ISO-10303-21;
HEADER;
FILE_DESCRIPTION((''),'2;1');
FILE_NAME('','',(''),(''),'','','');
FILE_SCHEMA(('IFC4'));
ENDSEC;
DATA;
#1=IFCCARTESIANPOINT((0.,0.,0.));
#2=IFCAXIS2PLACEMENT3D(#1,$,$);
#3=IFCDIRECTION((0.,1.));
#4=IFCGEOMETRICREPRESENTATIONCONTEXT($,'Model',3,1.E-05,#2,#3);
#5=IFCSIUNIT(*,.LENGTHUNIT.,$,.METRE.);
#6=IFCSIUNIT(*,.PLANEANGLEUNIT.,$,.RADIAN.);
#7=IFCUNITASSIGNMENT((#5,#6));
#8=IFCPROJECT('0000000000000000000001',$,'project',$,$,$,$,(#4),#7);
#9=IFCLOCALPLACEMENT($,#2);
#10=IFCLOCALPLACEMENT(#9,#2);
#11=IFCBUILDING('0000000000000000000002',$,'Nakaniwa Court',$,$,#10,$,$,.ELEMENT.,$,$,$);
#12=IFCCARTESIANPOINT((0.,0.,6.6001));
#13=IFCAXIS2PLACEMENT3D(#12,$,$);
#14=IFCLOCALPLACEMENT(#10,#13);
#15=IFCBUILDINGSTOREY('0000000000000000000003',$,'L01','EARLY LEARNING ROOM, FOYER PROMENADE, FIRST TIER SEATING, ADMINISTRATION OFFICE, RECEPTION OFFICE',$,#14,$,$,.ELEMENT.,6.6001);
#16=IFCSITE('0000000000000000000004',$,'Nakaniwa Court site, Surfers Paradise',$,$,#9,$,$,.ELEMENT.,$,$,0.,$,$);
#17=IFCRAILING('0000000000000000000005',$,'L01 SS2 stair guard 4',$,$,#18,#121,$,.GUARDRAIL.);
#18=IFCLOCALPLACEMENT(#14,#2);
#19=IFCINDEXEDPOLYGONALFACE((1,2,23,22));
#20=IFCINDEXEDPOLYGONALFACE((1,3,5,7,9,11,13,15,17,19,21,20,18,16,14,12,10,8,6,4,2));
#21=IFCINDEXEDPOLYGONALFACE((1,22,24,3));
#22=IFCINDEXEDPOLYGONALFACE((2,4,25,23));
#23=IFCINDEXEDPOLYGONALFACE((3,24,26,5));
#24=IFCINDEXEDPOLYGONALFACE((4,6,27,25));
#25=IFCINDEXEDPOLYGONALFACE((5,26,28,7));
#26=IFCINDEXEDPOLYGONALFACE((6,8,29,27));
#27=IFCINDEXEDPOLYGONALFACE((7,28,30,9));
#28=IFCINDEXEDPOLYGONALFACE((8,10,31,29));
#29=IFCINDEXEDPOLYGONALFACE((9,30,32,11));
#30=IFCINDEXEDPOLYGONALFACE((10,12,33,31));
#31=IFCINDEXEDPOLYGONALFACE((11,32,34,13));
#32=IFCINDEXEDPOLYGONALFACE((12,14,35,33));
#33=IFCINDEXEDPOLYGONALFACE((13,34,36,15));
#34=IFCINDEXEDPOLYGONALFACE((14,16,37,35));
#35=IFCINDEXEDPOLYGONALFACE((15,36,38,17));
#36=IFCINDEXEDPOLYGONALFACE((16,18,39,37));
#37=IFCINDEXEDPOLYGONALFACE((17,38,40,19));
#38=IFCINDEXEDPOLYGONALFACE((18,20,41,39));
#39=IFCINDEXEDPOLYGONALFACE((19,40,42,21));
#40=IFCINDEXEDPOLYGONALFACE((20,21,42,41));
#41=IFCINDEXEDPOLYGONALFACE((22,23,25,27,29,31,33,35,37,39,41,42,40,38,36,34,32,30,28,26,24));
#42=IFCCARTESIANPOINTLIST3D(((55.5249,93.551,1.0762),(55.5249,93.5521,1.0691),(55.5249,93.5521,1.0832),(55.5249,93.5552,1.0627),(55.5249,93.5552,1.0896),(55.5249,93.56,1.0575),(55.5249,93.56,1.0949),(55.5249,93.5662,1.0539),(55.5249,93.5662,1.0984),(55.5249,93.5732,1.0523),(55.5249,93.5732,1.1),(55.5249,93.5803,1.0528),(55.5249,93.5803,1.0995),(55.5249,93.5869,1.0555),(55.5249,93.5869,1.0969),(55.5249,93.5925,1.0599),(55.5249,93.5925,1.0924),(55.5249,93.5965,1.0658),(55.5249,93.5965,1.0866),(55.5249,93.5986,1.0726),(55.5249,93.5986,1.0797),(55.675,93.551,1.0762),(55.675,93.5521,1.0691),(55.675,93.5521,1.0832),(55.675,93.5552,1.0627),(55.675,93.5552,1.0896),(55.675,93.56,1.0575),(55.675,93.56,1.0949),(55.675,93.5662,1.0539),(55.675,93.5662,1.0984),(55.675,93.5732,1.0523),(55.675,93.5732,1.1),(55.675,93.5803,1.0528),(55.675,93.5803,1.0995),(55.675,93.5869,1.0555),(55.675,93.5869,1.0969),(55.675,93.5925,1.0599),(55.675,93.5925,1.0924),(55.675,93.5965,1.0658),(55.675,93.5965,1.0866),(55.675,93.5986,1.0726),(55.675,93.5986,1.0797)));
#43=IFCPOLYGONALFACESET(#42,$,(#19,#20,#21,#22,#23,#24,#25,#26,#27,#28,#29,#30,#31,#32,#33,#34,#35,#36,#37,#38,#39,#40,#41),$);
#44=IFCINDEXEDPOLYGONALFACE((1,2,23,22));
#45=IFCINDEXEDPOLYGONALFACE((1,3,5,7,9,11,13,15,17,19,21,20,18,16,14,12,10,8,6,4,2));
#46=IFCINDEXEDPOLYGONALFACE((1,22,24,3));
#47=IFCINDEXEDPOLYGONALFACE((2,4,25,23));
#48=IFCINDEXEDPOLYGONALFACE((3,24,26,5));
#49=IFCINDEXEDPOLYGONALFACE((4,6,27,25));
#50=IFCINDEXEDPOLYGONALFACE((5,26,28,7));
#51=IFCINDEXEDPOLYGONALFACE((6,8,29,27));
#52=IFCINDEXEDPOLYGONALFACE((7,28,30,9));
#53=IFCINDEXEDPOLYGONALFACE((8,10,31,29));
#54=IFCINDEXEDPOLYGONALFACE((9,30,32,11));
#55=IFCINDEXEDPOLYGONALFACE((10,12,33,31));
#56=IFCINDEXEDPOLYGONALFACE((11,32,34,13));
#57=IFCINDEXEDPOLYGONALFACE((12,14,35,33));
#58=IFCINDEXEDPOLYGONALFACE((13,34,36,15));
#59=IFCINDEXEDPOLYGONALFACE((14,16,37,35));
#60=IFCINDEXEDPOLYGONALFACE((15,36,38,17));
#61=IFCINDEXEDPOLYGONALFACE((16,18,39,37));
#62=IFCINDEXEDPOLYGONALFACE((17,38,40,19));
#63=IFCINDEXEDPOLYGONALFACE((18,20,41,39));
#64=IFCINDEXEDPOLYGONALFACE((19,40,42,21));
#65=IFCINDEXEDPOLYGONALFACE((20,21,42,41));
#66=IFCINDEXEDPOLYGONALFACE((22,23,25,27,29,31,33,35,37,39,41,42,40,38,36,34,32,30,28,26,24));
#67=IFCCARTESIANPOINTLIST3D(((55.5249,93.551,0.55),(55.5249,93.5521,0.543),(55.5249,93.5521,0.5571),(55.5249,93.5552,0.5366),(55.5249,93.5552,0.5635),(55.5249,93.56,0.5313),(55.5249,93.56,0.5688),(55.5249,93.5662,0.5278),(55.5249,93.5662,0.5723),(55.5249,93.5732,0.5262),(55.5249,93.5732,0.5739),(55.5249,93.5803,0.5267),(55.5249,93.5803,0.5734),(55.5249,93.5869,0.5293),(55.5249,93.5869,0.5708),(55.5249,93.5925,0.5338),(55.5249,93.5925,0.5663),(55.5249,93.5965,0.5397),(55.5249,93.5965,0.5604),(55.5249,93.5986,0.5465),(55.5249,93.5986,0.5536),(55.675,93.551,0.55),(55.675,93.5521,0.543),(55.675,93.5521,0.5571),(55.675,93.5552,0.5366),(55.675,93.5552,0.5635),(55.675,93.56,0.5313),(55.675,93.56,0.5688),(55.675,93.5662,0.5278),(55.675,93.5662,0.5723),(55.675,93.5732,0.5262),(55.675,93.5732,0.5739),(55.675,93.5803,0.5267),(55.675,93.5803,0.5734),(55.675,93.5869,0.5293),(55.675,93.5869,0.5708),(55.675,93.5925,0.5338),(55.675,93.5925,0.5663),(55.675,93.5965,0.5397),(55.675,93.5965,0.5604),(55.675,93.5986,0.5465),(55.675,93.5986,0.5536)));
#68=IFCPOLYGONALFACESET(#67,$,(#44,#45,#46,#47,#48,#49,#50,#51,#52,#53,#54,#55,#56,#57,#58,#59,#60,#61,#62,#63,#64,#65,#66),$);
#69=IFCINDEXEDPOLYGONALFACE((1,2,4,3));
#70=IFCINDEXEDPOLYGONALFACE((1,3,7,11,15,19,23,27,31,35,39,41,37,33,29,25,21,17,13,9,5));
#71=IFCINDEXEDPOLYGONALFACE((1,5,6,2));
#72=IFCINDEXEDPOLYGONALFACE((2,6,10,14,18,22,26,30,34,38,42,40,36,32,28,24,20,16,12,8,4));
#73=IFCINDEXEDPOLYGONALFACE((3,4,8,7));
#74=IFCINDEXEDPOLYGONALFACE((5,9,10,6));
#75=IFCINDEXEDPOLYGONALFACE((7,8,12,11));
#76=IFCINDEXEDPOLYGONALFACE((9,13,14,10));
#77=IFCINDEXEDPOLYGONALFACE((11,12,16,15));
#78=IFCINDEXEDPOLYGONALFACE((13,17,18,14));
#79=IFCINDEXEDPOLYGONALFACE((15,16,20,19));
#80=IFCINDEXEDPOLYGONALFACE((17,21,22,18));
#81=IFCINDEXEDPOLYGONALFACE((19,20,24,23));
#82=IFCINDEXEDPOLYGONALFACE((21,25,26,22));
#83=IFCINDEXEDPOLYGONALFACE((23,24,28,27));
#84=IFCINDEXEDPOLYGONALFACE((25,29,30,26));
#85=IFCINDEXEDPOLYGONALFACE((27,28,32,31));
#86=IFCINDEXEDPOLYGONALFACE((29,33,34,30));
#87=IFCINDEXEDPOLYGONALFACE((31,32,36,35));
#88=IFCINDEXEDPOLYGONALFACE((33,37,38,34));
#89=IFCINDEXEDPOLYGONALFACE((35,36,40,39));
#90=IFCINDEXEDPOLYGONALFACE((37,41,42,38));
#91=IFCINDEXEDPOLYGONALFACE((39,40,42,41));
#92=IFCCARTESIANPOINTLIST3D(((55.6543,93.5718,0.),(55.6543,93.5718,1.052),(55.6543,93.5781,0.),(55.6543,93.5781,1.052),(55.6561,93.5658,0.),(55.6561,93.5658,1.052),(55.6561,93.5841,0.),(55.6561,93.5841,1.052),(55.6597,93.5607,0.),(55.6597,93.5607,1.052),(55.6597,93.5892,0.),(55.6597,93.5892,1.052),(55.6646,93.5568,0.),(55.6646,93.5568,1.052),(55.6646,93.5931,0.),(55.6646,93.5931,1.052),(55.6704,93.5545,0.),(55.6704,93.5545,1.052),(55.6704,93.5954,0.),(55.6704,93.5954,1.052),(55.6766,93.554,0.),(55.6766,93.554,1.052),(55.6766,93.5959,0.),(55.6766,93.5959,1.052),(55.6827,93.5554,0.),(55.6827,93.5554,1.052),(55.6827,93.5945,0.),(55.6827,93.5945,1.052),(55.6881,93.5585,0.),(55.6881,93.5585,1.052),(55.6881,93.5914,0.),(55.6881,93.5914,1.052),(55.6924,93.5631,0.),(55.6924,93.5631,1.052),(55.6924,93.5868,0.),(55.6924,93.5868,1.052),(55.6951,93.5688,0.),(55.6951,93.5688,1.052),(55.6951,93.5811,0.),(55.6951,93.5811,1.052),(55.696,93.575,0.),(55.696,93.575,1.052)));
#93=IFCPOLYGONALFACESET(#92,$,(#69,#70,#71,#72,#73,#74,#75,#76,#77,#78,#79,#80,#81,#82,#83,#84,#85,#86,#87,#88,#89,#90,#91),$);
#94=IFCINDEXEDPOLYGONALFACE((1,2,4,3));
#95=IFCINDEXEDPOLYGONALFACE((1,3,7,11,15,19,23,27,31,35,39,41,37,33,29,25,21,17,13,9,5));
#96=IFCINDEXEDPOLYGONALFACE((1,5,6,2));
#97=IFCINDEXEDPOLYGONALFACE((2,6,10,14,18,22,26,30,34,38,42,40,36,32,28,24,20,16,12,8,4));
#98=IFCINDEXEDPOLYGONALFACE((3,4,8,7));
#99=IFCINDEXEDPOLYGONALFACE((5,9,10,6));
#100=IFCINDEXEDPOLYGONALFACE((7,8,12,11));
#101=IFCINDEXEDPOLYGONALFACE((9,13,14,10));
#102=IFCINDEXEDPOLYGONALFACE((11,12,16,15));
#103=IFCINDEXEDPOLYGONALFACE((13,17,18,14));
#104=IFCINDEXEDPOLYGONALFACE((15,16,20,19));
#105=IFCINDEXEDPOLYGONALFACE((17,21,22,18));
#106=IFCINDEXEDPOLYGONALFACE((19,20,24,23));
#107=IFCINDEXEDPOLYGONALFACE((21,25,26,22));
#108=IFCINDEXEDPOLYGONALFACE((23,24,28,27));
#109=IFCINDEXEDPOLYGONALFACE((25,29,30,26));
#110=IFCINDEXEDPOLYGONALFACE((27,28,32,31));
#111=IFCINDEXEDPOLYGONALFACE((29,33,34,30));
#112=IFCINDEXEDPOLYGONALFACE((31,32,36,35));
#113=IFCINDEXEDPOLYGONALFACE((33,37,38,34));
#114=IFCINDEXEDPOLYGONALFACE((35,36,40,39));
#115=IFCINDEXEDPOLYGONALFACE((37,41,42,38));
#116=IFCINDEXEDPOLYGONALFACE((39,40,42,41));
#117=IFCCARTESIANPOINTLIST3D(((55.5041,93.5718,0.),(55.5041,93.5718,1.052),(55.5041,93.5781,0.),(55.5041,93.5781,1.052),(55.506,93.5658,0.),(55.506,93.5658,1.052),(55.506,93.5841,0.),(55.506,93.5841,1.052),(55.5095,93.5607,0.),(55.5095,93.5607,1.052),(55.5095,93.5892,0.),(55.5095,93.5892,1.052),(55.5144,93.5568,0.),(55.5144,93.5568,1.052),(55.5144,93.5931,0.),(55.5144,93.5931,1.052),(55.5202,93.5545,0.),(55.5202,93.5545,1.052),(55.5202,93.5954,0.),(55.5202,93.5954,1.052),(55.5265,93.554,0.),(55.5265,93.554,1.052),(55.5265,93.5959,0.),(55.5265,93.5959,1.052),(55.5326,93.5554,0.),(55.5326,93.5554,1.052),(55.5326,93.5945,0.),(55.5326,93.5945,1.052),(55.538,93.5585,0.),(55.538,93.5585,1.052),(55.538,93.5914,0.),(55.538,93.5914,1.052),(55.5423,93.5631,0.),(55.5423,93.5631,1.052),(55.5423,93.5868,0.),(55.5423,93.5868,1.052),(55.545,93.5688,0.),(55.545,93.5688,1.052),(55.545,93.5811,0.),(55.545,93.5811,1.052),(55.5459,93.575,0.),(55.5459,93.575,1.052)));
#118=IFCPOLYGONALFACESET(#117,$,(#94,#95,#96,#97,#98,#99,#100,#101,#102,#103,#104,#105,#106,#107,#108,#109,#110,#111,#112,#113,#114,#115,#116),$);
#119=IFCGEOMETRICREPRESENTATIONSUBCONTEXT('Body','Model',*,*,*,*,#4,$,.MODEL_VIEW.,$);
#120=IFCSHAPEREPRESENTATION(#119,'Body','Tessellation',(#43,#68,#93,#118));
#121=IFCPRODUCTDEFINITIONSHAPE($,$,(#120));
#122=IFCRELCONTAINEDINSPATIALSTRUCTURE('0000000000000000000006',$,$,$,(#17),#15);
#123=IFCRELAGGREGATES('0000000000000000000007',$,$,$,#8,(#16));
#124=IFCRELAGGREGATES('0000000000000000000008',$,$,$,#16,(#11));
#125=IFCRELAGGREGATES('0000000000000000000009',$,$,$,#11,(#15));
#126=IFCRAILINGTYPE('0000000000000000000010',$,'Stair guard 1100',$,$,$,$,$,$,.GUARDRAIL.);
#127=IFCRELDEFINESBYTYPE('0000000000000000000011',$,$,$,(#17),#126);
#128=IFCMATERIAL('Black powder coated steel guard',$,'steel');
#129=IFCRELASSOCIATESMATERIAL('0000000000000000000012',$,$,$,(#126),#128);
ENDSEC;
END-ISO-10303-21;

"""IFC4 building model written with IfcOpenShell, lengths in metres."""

from ifc_helpers import new_model, si_unit, direction, frame, origin, origin_2d, place, context, subcontext, project, spatial, circle, extrude, material, type_object, element, save


model = new_model("IFC4")

# Units and contexts
model_context = context("Model", 3, precision=1e-05, world=origin(), true_north=direction((0.0, 1.0)))
body_context = subcontext(model_context, "Body", "Model", "MODEL_VIEW")
ifc_project = project(units=[si_unit("LENGTHUNIT", "METRE"), si_unit("PLANEANGLEUNIT", "RADIAN")], contexts=[model_context])

# Site, building, storey
site_placement = place(None, origin())
site = spatial("IfcSite", under=ifc_project, at=site_placement, Name="Nakaniwa Court site, Surfers Paradise", CompositionType="ELEMENT", RefElevation=0.0)
building_placement = place(site_placement, origin())
building = spatial("IfcBuilding", under=site, at=building_placement, Name="Nakaniwa Court", CompositionType="ELEMENT")
storey_placement = place(building_placement, frame((0.0, 0.0, 6.6001)))
storey = spatial("IfcBuildingStorey", under=building, at=storey_placement, Name="L01", Description="EARLY LEARNING ROOM, FOYER PROMENADE, FIRST TIER SEATING, ADMINISTRATION OFFICE, RECEPTION OFFICE", CompositionType="ELEMENT", Elevation=6.6001)

# Railing
ifc_material_1 = material(Name="Black powder coated steel guard", Category="steel")
railing_type_1 = type_object("IfcRailingType", Name="Stair guard 1100", PredefinedType="GUARDRAIL", material=ifc_material_1)
railing_1_placement = place(storey_placement, frame((55.675, 93.575, 0.0)))
element("IfcRailing", 1, at=railing_1_placement, inside=storey, type_object=railing_type_1, Name="L01 SS2 stair guard 4", PredefinedType="GUARDRAIL", context=body_context, shape_type="SweptSolid", body=[
    extrude(circle(Radius=0.0239, at=origin_2d()), frame((0.0, 0.0, 1.0762), z_axis=(-1.0, 0.0, 0.0), x_axis=(0.0, -1.0, 0.0)), (0.0, 0.0, 1.0), 0.1501),
    extrude(circle(Radius=0.0239, at=origin_2d()), frame((0.0, 0.0, 0.55), z_axis=(-1.0, 0.0, 0.0), x_axis=(0.0, -1.0, 0.0)), (0.0, 0.0, 1.0), 0.1501),
    extrude(circle(Radius=0.021, at=origin_2d()), origin(), (0.0, 0.0, 1.0), 1.052),
    extrude(circle(Radius=0.021, at=origin_2d()), frame((-0.1501, 0.0, 0.0)), (0.0, 0.0, 1.0), 1.052),
])

save(model, "model.ifc")
